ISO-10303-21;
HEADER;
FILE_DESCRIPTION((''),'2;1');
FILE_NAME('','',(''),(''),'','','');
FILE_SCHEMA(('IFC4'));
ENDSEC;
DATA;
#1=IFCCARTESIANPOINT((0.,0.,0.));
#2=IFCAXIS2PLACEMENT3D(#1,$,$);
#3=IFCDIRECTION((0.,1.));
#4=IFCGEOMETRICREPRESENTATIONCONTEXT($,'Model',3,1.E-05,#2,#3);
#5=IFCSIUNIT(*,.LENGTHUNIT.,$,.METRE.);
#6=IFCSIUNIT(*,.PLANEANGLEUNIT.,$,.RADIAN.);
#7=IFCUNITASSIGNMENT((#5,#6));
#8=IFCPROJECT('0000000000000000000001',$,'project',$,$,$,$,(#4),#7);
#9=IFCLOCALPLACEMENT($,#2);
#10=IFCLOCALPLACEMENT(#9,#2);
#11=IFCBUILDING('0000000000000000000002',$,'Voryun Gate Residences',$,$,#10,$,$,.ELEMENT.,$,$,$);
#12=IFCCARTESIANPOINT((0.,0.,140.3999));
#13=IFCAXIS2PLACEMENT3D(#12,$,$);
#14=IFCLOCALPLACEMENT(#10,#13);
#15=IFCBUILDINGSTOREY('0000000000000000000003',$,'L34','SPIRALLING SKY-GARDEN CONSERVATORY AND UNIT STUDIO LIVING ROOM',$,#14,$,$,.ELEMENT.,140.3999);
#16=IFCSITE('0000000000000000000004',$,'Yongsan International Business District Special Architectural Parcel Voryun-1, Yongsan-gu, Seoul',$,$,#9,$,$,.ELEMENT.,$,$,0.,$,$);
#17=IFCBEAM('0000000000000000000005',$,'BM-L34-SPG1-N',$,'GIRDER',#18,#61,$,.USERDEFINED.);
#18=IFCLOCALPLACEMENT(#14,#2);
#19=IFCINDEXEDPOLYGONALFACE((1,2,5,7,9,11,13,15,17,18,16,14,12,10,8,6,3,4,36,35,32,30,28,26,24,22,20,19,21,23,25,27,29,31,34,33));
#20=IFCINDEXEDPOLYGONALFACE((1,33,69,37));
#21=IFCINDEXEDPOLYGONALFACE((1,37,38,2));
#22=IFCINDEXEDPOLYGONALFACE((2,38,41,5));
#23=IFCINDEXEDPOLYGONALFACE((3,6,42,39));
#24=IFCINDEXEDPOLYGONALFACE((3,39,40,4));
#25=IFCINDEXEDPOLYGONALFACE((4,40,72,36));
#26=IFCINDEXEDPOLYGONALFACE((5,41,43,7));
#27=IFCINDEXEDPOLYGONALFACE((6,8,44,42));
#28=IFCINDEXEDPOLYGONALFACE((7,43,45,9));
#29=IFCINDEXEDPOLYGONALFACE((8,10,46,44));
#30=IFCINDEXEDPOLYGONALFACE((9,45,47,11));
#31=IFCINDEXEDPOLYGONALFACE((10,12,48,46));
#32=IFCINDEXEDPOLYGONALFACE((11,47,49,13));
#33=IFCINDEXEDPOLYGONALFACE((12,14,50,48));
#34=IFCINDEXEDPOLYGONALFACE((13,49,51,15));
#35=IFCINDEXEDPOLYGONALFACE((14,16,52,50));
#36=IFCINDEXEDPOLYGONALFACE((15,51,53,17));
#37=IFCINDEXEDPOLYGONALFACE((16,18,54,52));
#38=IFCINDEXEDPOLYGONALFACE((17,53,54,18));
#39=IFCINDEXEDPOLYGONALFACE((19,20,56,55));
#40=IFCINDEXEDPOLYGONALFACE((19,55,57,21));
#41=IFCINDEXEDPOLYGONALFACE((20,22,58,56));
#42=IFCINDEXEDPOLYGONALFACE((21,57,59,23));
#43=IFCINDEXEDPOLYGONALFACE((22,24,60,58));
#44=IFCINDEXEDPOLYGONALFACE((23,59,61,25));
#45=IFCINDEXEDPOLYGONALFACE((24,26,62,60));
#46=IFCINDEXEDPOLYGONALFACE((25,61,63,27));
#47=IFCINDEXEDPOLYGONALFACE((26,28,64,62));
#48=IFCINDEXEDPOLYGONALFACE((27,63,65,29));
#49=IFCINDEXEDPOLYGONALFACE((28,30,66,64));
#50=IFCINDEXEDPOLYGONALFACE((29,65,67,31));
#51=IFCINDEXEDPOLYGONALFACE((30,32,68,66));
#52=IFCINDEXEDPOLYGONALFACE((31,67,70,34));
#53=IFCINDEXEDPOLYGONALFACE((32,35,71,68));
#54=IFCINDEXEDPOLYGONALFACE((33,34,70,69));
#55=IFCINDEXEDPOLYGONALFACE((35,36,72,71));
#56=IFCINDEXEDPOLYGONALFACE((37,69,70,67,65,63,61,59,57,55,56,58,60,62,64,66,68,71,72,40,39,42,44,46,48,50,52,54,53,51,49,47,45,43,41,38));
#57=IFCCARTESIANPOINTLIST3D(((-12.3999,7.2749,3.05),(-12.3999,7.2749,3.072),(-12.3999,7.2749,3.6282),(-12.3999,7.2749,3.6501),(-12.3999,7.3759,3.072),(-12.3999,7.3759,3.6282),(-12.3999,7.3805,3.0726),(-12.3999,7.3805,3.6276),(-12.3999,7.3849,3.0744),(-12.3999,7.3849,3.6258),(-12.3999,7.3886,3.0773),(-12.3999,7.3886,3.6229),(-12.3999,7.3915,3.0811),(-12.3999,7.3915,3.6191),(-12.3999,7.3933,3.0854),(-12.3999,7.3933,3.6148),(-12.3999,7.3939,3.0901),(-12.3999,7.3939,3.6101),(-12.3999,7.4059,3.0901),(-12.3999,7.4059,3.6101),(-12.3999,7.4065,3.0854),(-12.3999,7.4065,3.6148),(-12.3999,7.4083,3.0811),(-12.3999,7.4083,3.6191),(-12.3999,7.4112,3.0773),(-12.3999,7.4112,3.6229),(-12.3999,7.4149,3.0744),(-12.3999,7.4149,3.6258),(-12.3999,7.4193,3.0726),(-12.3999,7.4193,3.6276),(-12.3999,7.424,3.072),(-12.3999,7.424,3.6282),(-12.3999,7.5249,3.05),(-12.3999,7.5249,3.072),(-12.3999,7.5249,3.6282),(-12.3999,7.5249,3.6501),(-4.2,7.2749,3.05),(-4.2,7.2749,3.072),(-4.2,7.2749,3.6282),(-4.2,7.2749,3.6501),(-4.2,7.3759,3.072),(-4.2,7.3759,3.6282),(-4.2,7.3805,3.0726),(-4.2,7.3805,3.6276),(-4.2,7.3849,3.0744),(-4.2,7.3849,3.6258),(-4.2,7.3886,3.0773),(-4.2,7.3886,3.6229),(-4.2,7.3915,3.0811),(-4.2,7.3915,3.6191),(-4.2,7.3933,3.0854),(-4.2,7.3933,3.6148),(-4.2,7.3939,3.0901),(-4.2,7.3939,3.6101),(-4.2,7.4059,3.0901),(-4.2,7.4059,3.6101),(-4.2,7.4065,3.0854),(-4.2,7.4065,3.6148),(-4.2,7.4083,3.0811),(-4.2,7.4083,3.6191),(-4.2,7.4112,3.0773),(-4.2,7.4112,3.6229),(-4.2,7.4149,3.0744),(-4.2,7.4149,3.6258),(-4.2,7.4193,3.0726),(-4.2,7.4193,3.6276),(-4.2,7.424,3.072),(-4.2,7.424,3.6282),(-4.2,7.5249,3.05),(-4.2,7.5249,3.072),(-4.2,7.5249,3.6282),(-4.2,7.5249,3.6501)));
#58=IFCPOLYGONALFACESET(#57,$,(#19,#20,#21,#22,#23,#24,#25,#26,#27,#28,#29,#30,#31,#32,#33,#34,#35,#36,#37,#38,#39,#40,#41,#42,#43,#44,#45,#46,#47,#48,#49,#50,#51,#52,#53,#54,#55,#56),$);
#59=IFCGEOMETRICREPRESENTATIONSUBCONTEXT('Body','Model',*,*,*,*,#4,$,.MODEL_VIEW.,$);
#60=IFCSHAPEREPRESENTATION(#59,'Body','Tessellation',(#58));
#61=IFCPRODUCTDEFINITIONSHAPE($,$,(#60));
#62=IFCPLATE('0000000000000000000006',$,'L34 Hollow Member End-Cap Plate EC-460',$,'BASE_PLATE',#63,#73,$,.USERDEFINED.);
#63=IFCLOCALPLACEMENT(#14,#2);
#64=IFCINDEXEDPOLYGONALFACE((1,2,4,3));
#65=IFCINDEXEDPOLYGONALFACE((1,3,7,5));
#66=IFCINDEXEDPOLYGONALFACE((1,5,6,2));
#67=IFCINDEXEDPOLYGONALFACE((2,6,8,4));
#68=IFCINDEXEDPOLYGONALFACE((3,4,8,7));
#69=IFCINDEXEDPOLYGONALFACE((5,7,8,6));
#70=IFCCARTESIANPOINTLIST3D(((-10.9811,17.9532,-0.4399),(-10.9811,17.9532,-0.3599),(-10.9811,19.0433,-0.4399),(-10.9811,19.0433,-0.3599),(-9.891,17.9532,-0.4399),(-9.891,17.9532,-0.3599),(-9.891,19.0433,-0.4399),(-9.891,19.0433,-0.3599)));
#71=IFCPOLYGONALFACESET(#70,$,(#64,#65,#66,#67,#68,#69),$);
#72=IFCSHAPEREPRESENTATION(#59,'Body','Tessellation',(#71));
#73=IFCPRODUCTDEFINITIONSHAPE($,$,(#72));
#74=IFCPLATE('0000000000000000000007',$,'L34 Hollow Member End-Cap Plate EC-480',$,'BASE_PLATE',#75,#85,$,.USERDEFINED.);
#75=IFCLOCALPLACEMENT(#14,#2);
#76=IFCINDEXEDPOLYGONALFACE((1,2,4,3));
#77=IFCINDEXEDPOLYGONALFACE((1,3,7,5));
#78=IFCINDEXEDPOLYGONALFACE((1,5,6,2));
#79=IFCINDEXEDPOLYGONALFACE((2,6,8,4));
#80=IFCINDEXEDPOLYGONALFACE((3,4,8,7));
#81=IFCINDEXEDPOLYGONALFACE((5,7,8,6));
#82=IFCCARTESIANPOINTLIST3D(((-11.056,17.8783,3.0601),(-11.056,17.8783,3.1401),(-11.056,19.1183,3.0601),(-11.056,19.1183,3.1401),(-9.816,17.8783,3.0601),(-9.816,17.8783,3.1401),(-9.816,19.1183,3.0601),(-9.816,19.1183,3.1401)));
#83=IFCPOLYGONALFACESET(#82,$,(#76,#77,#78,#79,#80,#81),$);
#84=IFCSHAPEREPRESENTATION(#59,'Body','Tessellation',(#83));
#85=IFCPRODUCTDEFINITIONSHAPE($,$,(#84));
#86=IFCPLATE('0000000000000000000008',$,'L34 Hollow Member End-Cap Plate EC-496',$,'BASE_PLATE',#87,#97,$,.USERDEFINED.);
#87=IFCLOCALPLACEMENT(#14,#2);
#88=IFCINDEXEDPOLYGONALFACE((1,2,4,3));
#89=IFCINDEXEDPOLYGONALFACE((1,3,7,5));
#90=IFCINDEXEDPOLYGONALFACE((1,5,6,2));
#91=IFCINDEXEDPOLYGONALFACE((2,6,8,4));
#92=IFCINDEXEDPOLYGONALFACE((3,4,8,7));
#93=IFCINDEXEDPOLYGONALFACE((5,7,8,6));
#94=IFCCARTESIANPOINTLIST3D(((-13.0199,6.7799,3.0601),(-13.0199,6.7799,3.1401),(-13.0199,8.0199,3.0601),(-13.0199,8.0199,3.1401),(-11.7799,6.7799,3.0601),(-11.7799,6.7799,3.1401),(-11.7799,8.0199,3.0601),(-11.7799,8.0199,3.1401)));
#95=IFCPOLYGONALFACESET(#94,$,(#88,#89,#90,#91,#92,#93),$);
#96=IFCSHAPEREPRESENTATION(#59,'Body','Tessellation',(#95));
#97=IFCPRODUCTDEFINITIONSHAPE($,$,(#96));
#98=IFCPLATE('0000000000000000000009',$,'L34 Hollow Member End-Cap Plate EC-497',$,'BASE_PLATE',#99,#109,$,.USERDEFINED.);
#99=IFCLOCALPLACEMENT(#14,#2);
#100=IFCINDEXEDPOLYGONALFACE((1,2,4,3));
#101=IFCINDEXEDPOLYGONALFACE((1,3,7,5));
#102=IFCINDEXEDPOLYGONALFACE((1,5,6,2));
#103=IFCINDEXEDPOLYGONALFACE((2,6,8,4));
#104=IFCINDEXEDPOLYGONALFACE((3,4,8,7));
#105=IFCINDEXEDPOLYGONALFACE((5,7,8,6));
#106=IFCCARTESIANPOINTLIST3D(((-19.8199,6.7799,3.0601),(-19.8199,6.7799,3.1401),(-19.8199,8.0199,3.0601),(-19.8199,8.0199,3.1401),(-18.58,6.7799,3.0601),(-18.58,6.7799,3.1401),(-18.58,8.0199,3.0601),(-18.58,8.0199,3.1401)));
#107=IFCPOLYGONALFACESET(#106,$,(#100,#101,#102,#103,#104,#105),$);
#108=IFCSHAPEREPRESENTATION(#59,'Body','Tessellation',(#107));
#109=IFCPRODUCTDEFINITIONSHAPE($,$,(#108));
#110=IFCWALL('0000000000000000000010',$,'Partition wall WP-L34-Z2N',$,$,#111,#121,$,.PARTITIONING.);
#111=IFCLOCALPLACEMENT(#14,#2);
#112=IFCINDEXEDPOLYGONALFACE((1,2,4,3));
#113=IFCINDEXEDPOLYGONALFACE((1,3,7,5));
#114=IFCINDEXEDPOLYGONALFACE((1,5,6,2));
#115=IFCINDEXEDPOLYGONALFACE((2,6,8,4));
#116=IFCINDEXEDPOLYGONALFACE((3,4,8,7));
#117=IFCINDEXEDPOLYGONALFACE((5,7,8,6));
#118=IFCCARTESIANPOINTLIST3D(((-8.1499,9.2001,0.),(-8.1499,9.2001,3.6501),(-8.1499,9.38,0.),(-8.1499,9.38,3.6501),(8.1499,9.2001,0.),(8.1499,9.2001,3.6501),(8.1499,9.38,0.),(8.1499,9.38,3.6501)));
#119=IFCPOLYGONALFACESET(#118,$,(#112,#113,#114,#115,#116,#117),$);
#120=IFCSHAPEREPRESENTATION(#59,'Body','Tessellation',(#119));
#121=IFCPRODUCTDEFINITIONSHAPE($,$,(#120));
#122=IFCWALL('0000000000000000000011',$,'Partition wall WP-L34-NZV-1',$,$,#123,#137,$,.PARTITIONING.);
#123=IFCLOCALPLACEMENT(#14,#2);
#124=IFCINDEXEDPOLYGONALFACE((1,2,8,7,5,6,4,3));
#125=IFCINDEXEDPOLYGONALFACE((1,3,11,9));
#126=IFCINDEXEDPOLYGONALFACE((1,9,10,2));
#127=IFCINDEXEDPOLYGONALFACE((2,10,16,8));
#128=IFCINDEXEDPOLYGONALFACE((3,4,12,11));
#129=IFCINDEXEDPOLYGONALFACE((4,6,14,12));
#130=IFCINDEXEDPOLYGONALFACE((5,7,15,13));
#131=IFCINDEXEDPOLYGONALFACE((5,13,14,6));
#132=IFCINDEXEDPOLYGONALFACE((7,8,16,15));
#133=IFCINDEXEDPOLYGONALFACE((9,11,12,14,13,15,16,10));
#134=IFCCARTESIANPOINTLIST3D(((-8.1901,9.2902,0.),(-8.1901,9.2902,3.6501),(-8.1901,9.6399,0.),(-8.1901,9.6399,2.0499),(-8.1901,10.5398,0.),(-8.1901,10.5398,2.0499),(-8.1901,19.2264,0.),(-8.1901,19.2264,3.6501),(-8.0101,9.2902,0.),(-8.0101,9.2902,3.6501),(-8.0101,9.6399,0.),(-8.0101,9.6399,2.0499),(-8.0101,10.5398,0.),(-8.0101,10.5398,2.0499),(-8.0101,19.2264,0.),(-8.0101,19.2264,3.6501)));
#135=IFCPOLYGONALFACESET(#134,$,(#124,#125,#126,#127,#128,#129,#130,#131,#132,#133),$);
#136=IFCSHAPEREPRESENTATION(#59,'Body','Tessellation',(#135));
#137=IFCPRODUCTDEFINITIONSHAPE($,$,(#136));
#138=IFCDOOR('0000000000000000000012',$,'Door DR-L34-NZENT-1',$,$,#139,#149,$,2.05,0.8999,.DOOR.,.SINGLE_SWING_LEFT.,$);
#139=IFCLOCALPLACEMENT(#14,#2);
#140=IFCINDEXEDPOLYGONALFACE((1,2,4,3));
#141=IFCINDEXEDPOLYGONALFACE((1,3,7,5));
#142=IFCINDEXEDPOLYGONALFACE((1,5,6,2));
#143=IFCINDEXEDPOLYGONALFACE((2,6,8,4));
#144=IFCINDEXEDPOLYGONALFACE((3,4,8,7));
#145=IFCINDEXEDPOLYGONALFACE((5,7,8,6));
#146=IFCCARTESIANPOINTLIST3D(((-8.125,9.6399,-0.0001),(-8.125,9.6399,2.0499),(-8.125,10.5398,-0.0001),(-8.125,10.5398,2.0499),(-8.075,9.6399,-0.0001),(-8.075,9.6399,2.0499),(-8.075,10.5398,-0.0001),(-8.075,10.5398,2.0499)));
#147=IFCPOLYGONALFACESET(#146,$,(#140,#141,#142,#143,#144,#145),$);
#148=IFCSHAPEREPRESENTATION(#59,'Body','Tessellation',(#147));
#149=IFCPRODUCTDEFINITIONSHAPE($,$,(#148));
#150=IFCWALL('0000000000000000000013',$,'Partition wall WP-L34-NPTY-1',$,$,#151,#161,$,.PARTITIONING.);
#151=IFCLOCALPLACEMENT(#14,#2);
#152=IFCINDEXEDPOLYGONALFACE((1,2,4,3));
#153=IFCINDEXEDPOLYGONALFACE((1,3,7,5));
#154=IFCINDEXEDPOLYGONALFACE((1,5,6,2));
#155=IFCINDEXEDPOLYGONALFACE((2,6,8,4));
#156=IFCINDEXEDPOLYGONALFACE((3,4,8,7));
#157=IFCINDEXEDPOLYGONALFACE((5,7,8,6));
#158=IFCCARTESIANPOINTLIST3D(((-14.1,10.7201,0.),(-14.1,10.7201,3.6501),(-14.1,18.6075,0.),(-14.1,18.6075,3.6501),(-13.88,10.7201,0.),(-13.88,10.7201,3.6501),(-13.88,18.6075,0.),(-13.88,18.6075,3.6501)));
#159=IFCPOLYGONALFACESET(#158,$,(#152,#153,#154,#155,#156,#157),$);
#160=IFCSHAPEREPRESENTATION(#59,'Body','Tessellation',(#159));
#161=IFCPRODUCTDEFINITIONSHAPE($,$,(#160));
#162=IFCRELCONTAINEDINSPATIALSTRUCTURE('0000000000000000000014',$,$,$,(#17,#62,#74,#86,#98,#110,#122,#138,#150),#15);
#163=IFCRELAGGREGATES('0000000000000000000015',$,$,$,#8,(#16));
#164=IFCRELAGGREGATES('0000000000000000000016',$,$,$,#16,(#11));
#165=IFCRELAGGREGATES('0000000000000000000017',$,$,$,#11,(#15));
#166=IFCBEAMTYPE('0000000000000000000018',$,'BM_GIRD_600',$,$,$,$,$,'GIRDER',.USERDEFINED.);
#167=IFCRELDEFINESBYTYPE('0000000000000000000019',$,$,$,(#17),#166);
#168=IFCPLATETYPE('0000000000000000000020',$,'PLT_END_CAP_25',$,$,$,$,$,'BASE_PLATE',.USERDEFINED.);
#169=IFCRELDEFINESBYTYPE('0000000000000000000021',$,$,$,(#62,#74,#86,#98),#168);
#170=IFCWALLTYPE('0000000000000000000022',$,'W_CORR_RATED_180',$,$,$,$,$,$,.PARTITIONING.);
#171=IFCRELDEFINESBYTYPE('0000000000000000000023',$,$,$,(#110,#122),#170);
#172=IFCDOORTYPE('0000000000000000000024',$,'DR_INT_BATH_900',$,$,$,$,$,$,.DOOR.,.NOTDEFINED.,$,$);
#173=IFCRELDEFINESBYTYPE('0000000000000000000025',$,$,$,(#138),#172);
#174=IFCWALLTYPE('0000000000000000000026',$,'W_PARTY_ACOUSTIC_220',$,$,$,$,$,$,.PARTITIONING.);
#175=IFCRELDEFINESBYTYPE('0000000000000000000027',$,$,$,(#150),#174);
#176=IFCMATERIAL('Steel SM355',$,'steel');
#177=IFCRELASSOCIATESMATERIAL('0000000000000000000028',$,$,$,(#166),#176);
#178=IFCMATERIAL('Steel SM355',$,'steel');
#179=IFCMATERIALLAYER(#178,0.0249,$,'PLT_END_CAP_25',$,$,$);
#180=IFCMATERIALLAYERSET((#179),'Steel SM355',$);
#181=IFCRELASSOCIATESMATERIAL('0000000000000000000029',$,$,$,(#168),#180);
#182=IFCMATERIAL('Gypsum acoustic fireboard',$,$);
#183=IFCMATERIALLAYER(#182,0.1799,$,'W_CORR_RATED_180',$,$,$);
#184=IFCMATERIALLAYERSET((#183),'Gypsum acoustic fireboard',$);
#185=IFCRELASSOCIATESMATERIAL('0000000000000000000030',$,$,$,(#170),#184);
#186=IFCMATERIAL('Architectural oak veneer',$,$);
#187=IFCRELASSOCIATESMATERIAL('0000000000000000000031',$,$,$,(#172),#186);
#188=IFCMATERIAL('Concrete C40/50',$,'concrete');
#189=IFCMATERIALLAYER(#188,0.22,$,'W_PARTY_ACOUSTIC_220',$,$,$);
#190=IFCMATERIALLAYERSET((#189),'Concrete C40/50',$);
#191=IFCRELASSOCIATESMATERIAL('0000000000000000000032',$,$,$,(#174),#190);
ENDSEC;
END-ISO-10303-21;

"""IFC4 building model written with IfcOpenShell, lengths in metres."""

from ifc_helpers import new_model, si_unit, direction, frame, frame_2d, origin, origin_2d, place, context, subcontext, project, spatial, rectangle, i_section, extrude, material, layer, layer_set, material_profile, profile_set, type_object, element, fill, save


model = new_model("IFC4")

# Units and contexts
model_context = context("Model", 3, precision=1e-05, world=origin(), true_north=direction((0.0, 1.0)))
body_context = subcontext(model_context, "Body", "Model", "MODEL_VIEW")
ifc_project = project(units=[si_unit("LENGTHUNIT", "METRE"), si_unit("PLANEANGLEUNIT", "RADIAN")], contexts=[model_context])

# Site, building, storey
site_placement = place(None, origin())
site = spatial("IfcSite", under=ifc_project, at=site_placement, Name="Yongsan International Business District Special Architectural Parcel Voryun-1, Yongsan-gu, Seoul", CompositionType="ELEMENT", RefElevation=0.0)
building_placement = place(site_placement, origin())
building = spatial("IfcBuilding", under=site, at=building_placement, Name="Voryun Gate Residences", CompositionType="ELEMENT")
storey_placement = place(building_placement, frame((0.0, 0.0, 140.3999)))
storey = spatial("IfcBuildingStorey", under=building, at=storey_placement, Name="L34", Description="SPIRALLING SKY-GARDEN CONSERVATORY AND UNIT STUDIO LIVING ROOM", CompositionType="ELEMENT", Elevation=140.3999)

# Beam
ifc_material_1 = material(Name="Steel SM355", Category="steel")
ifc_material_profile_1 = material_profile(ifc_material_1, i_section(OverallWidth=0.25, OverallDepth=0.6001, WebThickness=0.012, FlangeThickness=0.022, FilletRadius=0.0181, at=origin_2d()), Name="H-600x250x12x22")
ifc_profile_set_1 = profile_set([ifc_material_profile_1], Name="Steel SM355")
beam_type_1 = type_object("IfcBeamType", Name="BM_GIRD_600", ElementType="GIRDER", PredefinedType="USERDEFINED", material=ifc_profile_set_1)
beam_1_placement = place(storey_placement, frame((-12.3999, 7.3999, 3.3501), z_axis=(1.0, 0.0, 0.0), x_axis=(0.0, 1.0, 0.0)))
element("IfcBeam", 1, at=beam_1_placement, inside=storey, type_object=beam_type_1, Name="BM-L34-SPG1-N", ObjectType="GIRDER", PredefinedType="USERDEFINED", context=body_context, shape_type="SweptSolid", body=[
    extrude(i_section(OverallWidth=0.25, OverallDepth=0.6001, WebThickness=0.012, FlangeThickness=0.022, FilletRadius=0.0181, at=origin_2d()), origin(), (0.0, 0.0, 1.0), 8.2),
])

# Plates
ifc_material_2 = material(Name="Steel SM355", Category="steel")
ifc_layer_1 = layer(ifc_material_2, 0.0249, Name="PLT_END_CAP_25")
ifc_layer_set_1 = layer_set([ifc_layer_1], Name="Steel SM355")
plate_type = type_object("IfcPlateType", Name="PLT_END_CAP_25", ElementType="BASE_PLATE", PredefinedType="USERDEFINED", material=ifc_layer_set_1)
plate_placement = place(storey_placement, frame((-10.436, 18.4983, -0.4399), z_axis=(0.0, 0.0, 1.0), x_axis=(1.0, 0.0, 0.0)))
element("IfcPlate", 2, at=plate_placement, inside=storey, type_object=plate_type, Name="L34 Hollow Member End-Cap Plate EC-460", ObjectType="BASE_PLATE", PredefinedType="USERDEFINED", context=body_context, shape_type="SweptSolid", body=[
    extrude(rectangle(XDim=1.0901, YDim=1.0901, at=origin_2d()), origin(), (0.0, 0.0, 1.0), 0.0801),
])
for number, where, z_axis, x_axis, name in (
    (3, (-10.436, 18.4983, 3.0601), (0.0, 0.0, 1.0), (1.0, 0.0, 0.0), "L34 Hollow Member End-Cap Plate EC-480"),
    (4, (-12.3999, 7.3999, 3.0601), (0.0, 0.0, 1.0), (1.0, 0.0, 0.0), "L34 Hollow Member End-Cap Plate EC-496"),
    (5, (-19.2, 7.3999, 3.0601), (0.0, 0.0, 1.0), (1.0, 0.0, 0.0), "L34 Hollow Member End-Cap Plate EC-497"),
):
    element("IfcPlate", number, at=place(storey_placement, frame(where, z_axis=z_axis, x_axis=x_axis)), inside=storey, type_object=plate_type, Name=name, ObjectType="BASE_PLATE", PredefinedType="USERDEFINED", context=body_context, shape_type="SweptSolid", body=[
        extrude(rectangle(XDim=1.24, YDim=1.24, at=origin_2d()), origin(), (0.0, 0.0, 1.0), 0.0801),
    ])

# Wall
ifc_material_3 = material(Name="Gypsum acoustic fireboard")
ifc_layer_2 = layer(ifc_material_3, 0.1799, Name="W_CORR_RATED_180")
ifc_layer_set_2 = layer_set([ifc_layer_2], Name="Gypsum acoustic fireboard")
wall_type_1 = type_object("IfcWallType", Name="W_CORR_RATED_180", PredefinedType="PARTITIONING", material=ifc_layer_set_2)
wall_1_placement = place(storey_placement, frame((-8.1499, 9.29, 0.0), z_axis=(0.0, 0.0, 1.0), x_axis=(1.0, 0.0, 0.0)))
element("IfcWall", 6, at=wall_1_placement, inside=storey, type_object=wall_type_1, Name="Partition wall WP-L34-Z2N", PredefinedType="PARTITIONING", context=body_context, shape_type="SweptSolid", body=[
    extrude(rectangle(XDim=16.2998, YDim=0.1799, at=frame_2d((8.1499, 0.0))), origin(), (0.0, 0.0, 1.0), 3.6501),
])

# Wall, opening, door
wall_2_placement = place(storey_placement, frame((-8.1001, 9.29, 0.0), z_axis=(0.0, 0.0, 1.0), x_axis=(0.0, 1.0, 0.0)))
wall_2 = element("IfcWall", 7, at=wall_2_placement, inside=storey, type_object=wall_type_1, Name="Partition wall WP-L34-NZV-1", PredefinedType="PARTITIONING", context=body_context, shape_type="SweptSolid", body=[
    extrude(rectangle(XDim=9.9363, YDim=0.1799, at=frame_2d((4.9683, 0.0))), origin(), (0.0, 0.0, 1.0), 3.6501),
])
opening_1_placement = place(wall_2_placement, frame((0.3499, 0.0, 0.0)))
opening_1 = element("IfcOpeningElement", 8, at=opening_1_placement, cuts=wall_2, PredefinedType="OPENING", context=body_context, shape_type="SweptSolid", body=[
    extrude(rectangle(XDim=0.8999, YDim=2.05, at=frame_2d((0.45, 1.0249))), frame((0.0, 0.0999, 0.0), z_axis=(0.0, -1.0, 0.0), x_axis=(1.0, 0.0, 0.0)), (0.0, 0.0, 1.0), 0.2),
])
ifc_material_4 = material(Name="Architectural oak veneer")
door_type = type_object("IfcDoorType", Name="DR_INT_BATH_900", OperationType="NOTDEFINED", PredefinedType="DOOR", material=ifc_material_4)
door_1_placement = place(opening_1_placement, origin())
door_1 = element("IfcDoor", 9, at=door_1_placement, inside=storey, type_object=door_type, Name="Door DR-L34-NZENT-1", OperationType="SINGLE_SWING_LEFT", OverallHeight=2.05, OverallWidth=0.8999, PredefinedType="DOOR", context=body_context, shape_type="SweptSolid", body=[
    extrude(rectangle(XDim=0.8999, YDim=2.05, at=frame_2d((0.45, 1.0249))), frame((0.0, 0.0249, 0.0), z_axis=(0.0, -1.0, 0.0), x_axis=(1.0, 0.0, 0.0)), (0.0, 0.0, 1.0), 0.05),
])
fill(opening_1, door_1)

# Wall
ifc_material_5 = material(Name="Concrete C40/50", Category="concrete")
ifc_layer_3 = layer(ifc_material_5, 0.22, Name="W_PARTY_ACOUSTIC_220")
ifc_layer_set_3 = layer_set([ifc_layer_3], Name="Concrete C40/50")
wall_type_2 = type_object("IfcWallType", Name="W_PARTY_ACOUSTIC_220", PredefinedType="PARTITIONING", material=ifc_layer_set_3)
wall_3_placement = place(storey_placement, frame((-13.99, 10.72, 0.0), z_axis=(0.0, 0.0, 1.0), x_axis=(0.0, 1.0, 0.0)))
element("IfcWall", 10, at=wall_3_placement, inside=storey, type_object=wall_type_2, Name="Partition wall WP-L34-NPTY-1", PredefinedType="PARTITIONING", context=body_context, shape_type="SweptSolid", body=[
    extrude(rectangle(XDim=7.8875, YDim=0.22, at=frame_2d((3.9438, 0.0))), origin(), (0.0, 0.0, 1.0), 3.6501),
])

save(model, "model.ifc")
